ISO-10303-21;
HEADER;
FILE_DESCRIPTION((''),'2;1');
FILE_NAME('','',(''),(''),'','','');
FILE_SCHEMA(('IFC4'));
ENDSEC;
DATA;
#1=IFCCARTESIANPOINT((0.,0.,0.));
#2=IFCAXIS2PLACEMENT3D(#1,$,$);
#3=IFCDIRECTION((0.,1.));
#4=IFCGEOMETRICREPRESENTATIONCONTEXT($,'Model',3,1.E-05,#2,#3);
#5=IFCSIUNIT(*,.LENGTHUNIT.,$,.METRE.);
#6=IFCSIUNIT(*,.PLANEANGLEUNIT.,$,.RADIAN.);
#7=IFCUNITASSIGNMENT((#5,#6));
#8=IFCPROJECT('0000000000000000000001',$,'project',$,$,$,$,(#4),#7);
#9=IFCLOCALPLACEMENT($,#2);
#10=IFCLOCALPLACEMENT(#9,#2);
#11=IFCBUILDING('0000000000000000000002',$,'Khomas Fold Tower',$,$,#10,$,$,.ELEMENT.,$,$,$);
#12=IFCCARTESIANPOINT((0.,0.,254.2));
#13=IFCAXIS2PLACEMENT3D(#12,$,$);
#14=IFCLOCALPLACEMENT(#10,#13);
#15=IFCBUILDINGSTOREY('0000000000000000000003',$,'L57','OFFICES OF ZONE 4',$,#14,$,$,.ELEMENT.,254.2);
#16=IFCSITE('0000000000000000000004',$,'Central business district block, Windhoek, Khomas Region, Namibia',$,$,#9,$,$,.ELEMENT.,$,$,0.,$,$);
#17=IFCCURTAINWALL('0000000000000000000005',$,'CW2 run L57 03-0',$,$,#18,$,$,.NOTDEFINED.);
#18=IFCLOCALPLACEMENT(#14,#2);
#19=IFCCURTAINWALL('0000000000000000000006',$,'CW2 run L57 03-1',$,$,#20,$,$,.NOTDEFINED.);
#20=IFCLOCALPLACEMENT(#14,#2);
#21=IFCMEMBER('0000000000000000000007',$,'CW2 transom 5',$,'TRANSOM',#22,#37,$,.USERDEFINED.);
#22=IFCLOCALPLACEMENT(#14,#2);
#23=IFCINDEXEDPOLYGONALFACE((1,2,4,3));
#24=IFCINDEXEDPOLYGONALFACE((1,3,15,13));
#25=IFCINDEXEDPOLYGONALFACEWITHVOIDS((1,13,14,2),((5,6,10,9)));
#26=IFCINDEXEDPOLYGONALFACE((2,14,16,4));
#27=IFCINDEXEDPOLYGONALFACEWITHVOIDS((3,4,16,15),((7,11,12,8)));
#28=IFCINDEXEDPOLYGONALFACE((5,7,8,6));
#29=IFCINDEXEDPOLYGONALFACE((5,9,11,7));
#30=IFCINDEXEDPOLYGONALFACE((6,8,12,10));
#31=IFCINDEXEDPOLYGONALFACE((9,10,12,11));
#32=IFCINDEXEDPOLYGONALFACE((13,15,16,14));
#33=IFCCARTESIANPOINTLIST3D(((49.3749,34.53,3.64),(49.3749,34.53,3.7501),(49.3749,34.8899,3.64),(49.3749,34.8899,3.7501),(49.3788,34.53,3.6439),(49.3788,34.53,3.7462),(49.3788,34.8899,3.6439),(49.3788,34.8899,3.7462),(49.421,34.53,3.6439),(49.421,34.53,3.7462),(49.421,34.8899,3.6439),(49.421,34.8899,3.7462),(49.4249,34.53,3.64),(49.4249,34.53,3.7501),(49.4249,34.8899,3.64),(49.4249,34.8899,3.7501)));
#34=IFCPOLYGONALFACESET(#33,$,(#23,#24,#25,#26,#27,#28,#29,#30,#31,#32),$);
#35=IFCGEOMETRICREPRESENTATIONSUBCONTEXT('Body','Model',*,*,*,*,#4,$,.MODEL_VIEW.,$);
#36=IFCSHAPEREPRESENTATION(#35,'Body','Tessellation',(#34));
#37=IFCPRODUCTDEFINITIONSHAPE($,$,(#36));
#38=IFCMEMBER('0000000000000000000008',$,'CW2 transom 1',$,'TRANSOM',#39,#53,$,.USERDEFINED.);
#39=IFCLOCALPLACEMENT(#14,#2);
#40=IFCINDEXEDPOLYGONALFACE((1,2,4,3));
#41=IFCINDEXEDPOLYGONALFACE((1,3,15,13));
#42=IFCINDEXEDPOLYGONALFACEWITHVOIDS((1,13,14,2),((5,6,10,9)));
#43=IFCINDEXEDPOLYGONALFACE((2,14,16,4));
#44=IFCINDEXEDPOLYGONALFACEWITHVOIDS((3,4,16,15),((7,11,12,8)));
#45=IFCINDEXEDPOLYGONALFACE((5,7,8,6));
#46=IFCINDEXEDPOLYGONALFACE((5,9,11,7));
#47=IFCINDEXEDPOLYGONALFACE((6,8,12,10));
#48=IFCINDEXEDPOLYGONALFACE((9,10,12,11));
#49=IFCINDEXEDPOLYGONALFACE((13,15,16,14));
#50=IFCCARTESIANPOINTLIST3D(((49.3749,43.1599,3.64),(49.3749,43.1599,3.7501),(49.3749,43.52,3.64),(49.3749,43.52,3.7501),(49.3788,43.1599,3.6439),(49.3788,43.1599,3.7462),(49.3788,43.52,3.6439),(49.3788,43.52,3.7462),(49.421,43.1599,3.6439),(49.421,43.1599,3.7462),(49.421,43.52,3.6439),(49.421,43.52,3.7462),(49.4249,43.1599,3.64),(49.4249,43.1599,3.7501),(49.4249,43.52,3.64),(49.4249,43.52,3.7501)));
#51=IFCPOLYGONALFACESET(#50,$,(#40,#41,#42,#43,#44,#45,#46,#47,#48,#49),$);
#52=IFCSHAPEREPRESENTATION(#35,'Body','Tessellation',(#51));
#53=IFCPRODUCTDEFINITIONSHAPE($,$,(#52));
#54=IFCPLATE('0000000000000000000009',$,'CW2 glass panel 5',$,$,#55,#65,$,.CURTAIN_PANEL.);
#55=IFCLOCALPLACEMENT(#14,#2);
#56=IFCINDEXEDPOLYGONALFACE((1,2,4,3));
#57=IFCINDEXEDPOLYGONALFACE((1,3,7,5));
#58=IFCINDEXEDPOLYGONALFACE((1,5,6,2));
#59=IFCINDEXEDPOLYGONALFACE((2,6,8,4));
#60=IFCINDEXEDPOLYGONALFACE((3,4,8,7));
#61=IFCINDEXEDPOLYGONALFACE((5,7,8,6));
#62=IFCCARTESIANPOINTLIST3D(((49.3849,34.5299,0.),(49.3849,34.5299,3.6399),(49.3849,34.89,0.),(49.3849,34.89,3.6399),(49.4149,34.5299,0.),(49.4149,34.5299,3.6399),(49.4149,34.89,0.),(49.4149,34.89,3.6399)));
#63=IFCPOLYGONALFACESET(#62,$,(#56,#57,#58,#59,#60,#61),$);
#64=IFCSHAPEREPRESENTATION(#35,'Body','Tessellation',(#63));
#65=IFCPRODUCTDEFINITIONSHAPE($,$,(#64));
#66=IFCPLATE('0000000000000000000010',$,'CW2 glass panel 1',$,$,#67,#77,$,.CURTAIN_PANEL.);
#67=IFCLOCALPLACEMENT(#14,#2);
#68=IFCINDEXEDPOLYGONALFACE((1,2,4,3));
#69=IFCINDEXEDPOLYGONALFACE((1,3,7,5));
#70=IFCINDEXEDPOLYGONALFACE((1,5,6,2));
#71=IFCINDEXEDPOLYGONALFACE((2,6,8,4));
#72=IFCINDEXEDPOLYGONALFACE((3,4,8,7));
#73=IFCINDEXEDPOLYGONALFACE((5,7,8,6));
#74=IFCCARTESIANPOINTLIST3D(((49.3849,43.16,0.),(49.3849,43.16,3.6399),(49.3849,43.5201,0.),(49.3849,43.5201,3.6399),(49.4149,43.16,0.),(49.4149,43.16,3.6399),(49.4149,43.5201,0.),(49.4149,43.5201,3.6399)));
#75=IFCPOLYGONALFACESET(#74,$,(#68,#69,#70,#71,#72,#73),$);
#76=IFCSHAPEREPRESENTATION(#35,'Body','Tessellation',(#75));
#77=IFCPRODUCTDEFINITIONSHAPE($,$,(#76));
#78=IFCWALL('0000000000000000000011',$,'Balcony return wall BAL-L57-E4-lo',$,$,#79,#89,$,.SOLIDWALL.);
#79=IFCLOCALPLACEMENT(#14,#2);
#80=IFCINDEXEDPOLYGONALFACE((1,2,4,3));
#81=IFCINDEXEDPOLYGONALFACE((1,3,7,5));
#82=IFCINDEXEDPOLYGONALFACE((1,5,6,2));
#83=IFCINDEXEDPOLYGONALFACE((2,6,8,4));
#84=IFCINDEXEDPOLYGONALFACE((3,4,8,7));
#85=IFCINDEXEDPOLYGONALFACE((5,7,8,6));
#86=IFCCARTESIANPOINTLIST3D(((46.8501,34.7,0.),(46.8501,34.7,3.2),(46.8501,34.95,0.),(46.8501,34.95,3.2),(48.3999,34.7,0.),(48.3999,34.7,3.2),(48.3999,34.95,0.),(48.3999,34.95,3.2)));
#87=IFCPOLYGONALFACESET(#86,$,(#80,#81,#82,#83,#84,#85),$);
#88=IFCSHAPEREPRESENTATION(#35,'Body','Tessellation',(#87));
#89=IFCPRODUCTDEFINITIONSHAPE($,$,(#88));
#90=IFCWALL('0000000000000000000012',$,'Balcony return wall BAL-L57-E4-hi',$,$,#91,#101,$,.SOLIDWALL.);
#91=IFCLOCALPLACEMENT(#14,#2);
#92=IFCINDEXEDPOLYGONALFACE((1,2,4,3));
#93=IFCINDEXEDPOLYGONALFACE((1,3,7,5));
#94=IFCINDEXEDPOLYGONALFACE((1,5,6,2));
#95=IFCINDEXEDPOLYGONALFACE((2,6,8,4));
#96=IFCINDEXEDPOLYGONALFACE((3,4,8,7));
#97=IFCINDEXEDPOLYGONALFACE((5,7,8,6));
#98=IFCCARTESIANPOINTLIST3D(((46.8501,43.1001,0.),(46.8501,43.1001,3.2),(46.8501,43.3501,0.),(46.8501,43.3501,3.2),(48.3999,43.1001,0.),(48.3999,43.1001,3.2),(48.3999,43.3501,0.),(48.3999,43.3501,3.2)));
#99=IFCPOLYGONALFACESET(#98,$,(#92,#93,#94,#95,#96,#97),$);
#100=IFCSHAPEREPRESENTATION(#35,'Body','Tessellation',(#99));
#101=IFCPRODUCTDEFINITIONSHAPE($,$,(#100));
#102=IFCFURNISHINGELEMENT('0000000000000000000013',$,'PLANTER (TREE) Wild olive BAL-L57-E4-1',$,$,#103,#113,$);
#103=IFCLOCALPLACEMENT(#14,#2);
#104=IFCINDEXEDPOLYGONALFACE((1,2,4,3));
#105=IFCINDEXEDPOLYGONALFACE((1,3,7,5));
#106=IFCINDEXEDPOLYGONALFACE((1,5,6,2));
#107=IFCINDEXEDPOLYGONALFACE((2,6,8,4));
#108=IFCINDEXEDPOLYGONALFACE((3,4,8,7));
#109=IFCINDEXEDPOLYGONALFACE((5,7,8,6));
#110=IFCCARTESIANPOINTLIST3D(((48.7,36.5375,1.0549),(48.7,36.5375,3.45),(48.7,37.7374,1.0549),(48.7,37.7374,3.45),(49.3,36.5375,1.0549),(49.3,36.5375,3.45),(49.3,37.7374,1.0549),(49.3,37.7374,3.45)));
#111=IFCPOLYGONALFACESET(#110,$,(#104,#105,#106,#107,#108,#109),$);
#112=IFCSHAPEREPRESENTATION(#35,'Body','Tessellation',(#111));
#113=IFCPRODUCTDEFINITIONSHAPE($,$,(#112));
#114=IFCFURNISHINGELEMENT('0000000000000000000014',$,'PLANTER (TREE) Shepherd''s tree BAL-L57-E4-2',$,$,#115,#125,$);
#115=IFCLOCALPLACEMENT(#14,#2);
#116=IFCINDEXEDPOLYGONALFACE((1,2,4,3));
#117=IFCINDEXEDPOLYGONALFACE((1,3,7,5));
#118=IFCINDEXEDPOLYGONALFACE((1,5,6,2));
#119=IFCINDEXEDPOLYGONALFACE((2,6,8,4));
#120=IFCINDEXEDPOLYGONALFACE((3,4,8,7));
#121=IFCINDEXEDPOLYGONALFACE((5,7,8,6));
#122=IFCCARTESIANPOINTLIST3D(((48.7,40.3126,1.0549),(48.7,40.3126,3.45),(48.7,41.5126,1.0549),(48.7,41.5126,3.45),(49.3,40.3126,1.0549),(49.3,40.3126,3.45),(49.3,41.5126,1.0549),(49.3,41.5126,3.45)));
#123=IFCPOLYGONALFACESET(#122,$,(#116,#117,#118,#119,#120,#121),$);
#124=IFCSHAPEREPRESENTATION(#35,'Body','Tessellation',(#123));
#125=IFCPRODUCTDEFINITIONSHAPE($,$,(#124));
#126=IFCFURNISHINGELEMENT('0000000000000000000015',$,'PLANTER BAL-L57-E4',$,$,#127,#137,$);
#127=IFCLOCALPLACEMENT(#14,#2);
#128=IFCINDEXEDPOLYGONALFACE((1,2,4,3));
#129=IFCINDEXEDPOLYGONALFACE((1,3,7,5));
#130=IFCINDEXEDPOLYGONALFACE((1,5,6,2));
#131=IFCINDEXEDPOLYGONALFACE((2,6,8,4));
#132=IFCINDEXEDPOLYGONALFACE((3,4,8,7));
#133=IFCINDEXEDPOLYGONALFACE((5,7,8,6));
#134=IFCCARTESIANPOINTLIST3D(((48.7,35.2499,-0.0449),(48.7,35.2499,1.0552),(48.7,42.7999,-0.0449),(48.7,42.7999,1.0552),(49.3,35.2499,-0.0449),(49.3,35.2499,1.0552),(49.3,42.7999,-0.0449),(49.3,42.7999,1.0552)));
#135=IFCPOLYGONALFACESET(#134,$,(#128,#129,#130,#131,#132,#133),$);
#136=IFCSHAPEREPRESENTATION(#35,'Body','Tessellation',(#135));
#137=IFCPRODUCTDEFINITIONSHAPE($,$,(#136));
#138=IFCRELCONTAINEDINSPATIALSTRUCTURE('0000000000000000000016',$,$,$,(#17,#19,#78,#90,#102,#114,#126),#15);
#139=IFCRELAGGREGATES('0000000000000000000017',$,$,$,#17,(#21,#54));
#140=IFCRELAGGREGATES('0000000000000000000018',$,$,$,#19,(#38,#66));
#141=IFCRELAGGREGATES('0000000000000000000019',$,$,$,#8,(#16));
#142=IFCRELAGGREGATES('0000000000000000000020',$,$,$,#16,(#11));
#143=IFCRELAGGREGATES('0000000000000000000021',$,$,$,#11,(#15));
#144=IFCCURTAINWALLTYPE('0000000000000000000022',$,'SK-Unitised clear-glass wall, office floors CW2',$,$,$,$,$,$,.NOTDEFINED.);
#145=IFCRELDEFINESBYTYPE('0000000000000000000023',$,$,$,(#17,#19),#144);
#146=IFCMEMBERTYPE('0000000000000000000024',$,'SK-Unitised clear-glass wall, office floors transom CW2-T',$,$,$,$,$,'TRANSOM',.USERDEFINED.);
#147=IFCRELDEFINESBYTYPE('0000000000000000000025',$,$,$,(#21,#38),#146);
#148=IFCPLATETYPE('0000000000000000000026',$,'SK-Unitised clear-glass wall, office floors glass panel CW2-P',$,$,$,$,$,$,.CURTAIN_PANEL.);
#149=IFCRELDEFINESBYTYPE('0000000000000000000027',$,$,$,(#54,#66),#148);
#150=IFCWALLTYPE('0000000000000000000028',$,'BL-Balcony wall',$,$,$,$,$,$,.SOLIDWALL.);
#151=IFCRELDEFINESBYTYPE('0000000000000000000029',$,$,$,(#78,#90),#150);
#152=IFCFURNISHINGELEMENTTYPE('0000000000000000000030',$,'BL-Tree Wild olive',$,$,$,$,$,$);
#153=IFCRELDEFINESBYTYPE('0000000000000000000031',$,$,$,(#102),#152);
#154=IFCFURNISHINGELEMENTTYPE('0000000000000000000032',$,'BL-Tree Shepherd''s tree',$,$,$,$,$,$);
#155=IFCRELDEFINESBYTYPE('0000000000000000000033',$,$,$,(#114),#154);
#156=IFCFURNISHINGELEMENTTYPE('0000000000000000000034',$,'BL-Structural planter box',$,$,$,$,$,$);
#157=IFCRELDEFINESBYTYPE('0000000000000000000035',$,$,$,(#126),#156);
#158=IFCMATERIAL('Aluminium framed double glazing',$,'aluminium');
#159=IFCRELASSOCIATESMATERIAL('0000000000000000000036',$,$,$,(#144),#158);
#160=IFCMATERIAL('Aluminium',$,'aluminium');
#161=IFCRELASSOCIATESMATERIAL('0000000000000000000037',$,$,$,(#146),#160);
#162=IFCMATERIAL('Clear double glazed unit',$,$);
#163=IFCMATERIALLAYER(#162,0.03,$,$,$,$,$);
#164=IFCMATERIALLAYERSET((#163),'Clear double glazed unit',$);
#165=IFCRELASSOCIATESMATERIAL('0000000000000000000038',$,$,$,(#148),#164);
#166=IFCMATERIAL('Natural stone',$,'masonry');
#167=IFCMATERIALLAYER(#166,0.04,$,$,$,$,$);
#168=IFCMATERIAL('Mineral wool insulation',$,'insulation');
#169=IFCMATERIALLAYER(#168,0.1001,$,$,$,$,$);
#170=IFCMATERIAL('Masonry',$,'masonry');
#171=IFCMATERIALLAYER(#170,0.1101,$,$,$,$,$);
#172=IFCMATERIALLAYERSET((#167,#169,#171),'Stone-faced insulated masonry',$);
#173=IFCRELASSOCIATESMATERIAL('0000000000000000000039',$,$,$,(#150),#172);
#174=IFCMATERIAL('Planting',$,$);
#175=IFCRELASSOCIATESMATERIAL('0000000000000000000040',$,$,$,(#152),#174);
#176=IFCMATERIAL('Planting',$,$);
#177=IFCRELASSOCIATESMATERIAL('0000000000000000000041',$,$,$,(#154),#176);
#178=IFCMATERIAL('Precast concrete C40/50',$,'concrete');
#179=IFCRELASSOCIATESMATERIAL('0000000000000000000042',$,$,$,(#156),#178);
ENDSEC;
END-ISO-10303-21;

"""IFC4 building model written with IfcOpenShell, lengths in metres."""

from ifc_helpers import new_model, si_unit, direction, frame, frame_2d, origin, origin_2d, place, context, subcontext, project, spatial, rectangle, hollow_rectangle, extrude, source, transform, mapped, material, layer, layer_set, material_profile, profile_set, type_object, element, aggregate, save


model = new_model("IFC4")

# Units and contexts
model_context = context("Model", 3, precision=1e-05, world=origin(), true_north=direction((0.0, 1.0)))
body_context = subcontext(model_context, "Body", "Model", "MODEL_VIEW")
ifc_project = project(units=[si_unit("LENGTHUNIT", "METRE"), si_unit("PLANEANGLEUNIT", "RADIAN")], contexts=[model_context])

# Site, building, storey
site_placement = place(None, origin())
site = spatial("IfcSite", under=ifc_project, at=site_placement, Name="Central business district block, Windhoek, Khomas Region, Namibia", CompositionType="ELEMENT", RefElevation=0.0)
building_placement = place(site_placement, origin())
building = spatial("IfcBuilding", under=site, at=building_placement, Name="Khomas Fold Tower", CompositionType="ELEMENT")
storey_placement = place(building_placement, frame((0.0, 0.0, 254.2)))
storey = spatial("IfcBuildingStorey", under=building, at=storey_placement, Name="L57", Description="OFFICES OF ZONE 4", CompositionType="ELEMENT", Elevation=254.2)

# Curtain wall
ifc_material_1 = material(Name="Aluminium framed double glazing", Category="aluminium")
curtain_wall_type = type_object("IfcCurtainWallType", Name="SK-Unitised clear-glass wall, office floors CW2", PredefinedType="NOTDEFINED", material=ifc_material_1)
curtain_wall_1_placement = place(storey_placement, origin())
curtain_wall_1 = element("IfcCurtainWall", 1, at=curtain_wall_1_placement, inside=storey, type_object=curtain_wall_type, Name="CW2 run L57 03-0", PredefinedType="NOTDEFINED")

# Curtain wall
curtain_wall_2_placement = place(storey_placement, origin())
curtain_wall_2 = element("IfcCurtainWall", 2, at=curtain_wall_2_placement, inside=storey, type_object=curtain_wall_type, Name="CW2 run L57 03-1", PredefinedType="NOTDEFINED")

# Members
ifc_material_2 = material(Name="Aluminium", Category="aluminium")
ifc_material_profile_1 = material_profile(ifc_material_2, hollow_rectangle(XDim=0.05, YDim=0.1101, WallThickness=0.0039, at=origin_2d()), Name="SK-Unitised clear-glass wall, office floors transom CW2-T")
ifc_profile_set_1 = profile_set([ifc_material_profile_1], Name="Aluminium")
member_type_1 = type_object("IfcMemberType", Name="SK-Unitised clear-glass wall, office floors transom CW2-T", ElementType="TRANSOM", PredefinedType="USERDEFINED", material=ifc_profile_set_1)
shared_shape_1 = source(origin(), body_context, "Body", "SweptSolid", [
    extrude(hollow_rectangle(XDim=0.05, YDim=0.1101, WallThickness=0.0039, at=origin_2d()), origin(), (0.0, 0.0, 1.0), 0.3599),
])
member_1_placement = place(storey_placement, frame((49.3999, 34.53, 3.6951), z_axis=(0.0, 1.0, 0.0), x_axis=(-1.0, 0.0, 0.0)))
member_1 = element("IfcMember", 3, at=member_1_placement, type_object=member_type_1, Name="CW2 transom 5", ObjectType="TRANSOM", PredefinedType="USERDEFINED", context=body_context, shape_type="MappedRepresentation", body=[
    mapped(shared_shape_1, transform((0.0, 0.0, 0.0))),
])
shared_shape_2 = source(origin(), body_context, "Body", "SweptSolid", [
    extrude(hollow_rectangle(XDim=0.05, YDim=0.1101, WallThickness=0.0039, at=origin_2d()), origin(), (0.0, 0.0, 1.0), 0.3601),
])
member_2_placement = place(storey_placement, frame((49.3999, 43.1599, 3.6951), z_axis=(0.0, 1.0, 0.0), x_axis=(-1.0, 0.0, 0.0)))
member_2 = element("IfcMember", 4, at=member_2_placement, type_object=member_type_1, Name="CW2 transom 1", ObjectType="TRANSOM", PredefinedType="USERDEFINED", context=body_context, shape_type="MappedRepresentation", body=[
    mapped(shared_shape_2, transform((0.0, 0.0, 0.0))),
])

# Plates
ifc_material_3 = material(Name="Clear double glazed unit")
ifc_layer_1 = layer(ifc_material_3, 0.03)
ifc_layer_set_1 = layer_set([ifc_layer_1], Name="Clear double glazed unit")
plate_type = type_object("IfcPlateType", Name="SK-Unitised clear-glass wall, office floors glass panel CW2-P", PredefinedType="CURTAIN_PANEL", material=ifc_layer_set_1)
shared_shape_3 = source(origin(), body_context, "Body", "SweptSolid", [
    extrude(rectangle(XDim=0.3601, YDim=0.03, at=origin_2d()), origin(), (0.0, 0.0, 1.0), 3.6399),
])
plate_1_placement = place(storey_placement, frame((49.3999, 34.71, 0.0), z_axis=(0.0, 0.0, 1.0), x_axis=(0.0, 1.0, 0.0)))
plate_1 = element("IfcPlate", 5, at=plate_1_placement, type_object=plate_type, Name="CW2 glass panel 5", PredefinedType="CURTAIN_PANEL", context=body_context, shape_type="MappedRepresentation", body=[
    mapped(shared_shape_3, transform((0.0, 0.0, 0.0))),
])
aggregate(curtain_wall_1, [member_1, plate_1])
plate_2_placement = place(storey_placement, frame((49.3999, 43.3401, 0.0), z_axis=(0.0, 0.0, 1.0), x_axis=(0.0, 1.0, 0.0)))
plate_2 = element("IfcPlate", 6, at=plate_2_placement, type_object=plate_type, Name="CW2 glass panel 1", PredefinedType="CURTAIN_PANEL", context=body_context, shape_type="MappedRepresentation", body=[
    mapped(shared_shape_3, transform((0.0, 0.0, 0.0))),
])
aggregate(curtain_wall_2, [member_2, plate_2])

# Walls
ifc_material_4 = material(Name="Natural stone", Category="masonry")
ifc_layer_2 = layer(ifc_material_4, 0.04)
ifc_material_5 = material(Name="Mineral wool insulation", Category="insulation")
ifc_layer_3 = layer(ifc_material_5, 0.1001)
ifc_material_6 = material(Name="Masonry", Category="masonry")
ifc_layer_4 = layer(ifc_material_6, 0.1101)
ifc_layer_set_2 = layer_set([ifc_layer_2, ifc_layer_3, ifc_layer_4], Name="Stone-faced insulated masonry")
wall_type = type_object("IfcWallType", Name="BL-Balcony wall", PredefinedType="SOLIDWALL", material=ifc_layer_set_2)
shared_shape_4 = source(origin(), body_context, "Body", "SweptSolid", [
    extrude(rectangle(XDim=1.5498, YDim=0.25, at=frame_2d((0.7749, 0.0))), origin(), (0.0, 0.0, 1.0), 3.2),
])
for number, where, z_axis, x_axis, name in (
    (7, (48.3999, 34.825, 0.0), (0.0, 0.0, 1.0), (-1.0, 0.0, 0.0), "Balcony return wall BAL-L57-E4-lo"),
    (8, (48.3999, 43.2251, 0.0), (0.0, 0.0, 1.0), (-1.0, 0.0, 0.0), "Balcony return wall BAL-L57-E4-hi"),
):
    element("IfcWall", number, at=place(storey_placement, frame(where, z_axis=z_axis, x_axis=x_axis)), inside=storey, type_object=wall_type, Name=name, PredefinedType="SOLIDWALL", context=body_context, shape_type="MappedRepresentation", body=[
        mapped(shared_shape_4, transform((0.0, 0.0, 0.0))),
    ])

# Furnishing elements
ifc_material_7 = material(Name="Planting")
furnishing_element_type_1 = type_object("IfcFurnishingElementType", Name="BL-Tree Wild olive", material=ifc_material_7)
shared_shape_5 = source(origin(), body_context, "Body", "SweptSolid", [
    extrude(rectangle(XDim=1.2, YDim=0.6001, at=origin_2d()), origin(), (0.0, 0.0, 1.0), 2.395),
])
furnishing_1_placement = place(storey_placement, frame((49.0, 37.1375, 1.0549), z_axis=(0.0, 0.0, 1.0), x_axis=(0.0, 1.0, 0.0)))
element("IfcFurnishingElement", 9, at=furnishing_1_placement, inside=storey, type_object=furnishing_element_type_1, Name="PLANTER (TREE) Wild olive BAL-L57-E4-1", context=body_context, shape_type="MappedRepresentation", body=[
    mapped(shared_shape_5, transform((0.0, 0.0, 0.0))),
])
ifc_material_8 = material(Name="Planting")
furnishing_element_type_2 = type_object("IfcFurnishingElementType", Name="BL-Tree Shepherd's tree", material=ifc_material_8)
furnishing_2_placement = place(storey_placement, frame((49.0, 40.9126, 1.0549), z_axis=(0.0, 0.0, 1.0), x_axis=(0.0, 1.0, 0.0)))
element("IfcFurnishingElement", 10, at=furnishing_2_placement, inside=storey, type_object=furnishing_element_type_2, Name="PLANTER (TREE) Shepherd's tree BAL-L57-E4-2", context=body_context, shape_type="MappedRepresentation", body=[
    mapped(shared_shape_5, transform((0.0, 0.0, 0.0))),
])
ifc_material_9 = material(Name="Precast concrete C40/50", Category="concrete")
furnishing_element_type_3 = type_object("IfcFurnishingElementType", Name="BL-Structural planter box", material=ifc_material_9)
shared_shape_6 = source(origin(), body_context, "Body", "SweptSolid", [
    extrude(rectangle(XDim=7.55, YDim=0.6001, at=origin_2d()), origin(), (0.0, 0.0, 1.0), 1.1001),
])
furnishing_3_placement = place(storey_placement, frame((49.0, 39.0249, -0.0449), z_axis=(0.0, 0.0, 1.0), x_axis=(0.0, 1.0, 0.0)))
element("IfcFurnishingElement", 11, at=furnishing_3_placement, inside=storey, type_object=furnishing_element_type_3, Name="PLANTER BAL-L57-E4", context=body_context, shape_type="MappedRepresentation", body=[
    mapped(shared_shape_6, transform((0.0, 0.0, 0.0))),
])

save(model, "model.ifc")
